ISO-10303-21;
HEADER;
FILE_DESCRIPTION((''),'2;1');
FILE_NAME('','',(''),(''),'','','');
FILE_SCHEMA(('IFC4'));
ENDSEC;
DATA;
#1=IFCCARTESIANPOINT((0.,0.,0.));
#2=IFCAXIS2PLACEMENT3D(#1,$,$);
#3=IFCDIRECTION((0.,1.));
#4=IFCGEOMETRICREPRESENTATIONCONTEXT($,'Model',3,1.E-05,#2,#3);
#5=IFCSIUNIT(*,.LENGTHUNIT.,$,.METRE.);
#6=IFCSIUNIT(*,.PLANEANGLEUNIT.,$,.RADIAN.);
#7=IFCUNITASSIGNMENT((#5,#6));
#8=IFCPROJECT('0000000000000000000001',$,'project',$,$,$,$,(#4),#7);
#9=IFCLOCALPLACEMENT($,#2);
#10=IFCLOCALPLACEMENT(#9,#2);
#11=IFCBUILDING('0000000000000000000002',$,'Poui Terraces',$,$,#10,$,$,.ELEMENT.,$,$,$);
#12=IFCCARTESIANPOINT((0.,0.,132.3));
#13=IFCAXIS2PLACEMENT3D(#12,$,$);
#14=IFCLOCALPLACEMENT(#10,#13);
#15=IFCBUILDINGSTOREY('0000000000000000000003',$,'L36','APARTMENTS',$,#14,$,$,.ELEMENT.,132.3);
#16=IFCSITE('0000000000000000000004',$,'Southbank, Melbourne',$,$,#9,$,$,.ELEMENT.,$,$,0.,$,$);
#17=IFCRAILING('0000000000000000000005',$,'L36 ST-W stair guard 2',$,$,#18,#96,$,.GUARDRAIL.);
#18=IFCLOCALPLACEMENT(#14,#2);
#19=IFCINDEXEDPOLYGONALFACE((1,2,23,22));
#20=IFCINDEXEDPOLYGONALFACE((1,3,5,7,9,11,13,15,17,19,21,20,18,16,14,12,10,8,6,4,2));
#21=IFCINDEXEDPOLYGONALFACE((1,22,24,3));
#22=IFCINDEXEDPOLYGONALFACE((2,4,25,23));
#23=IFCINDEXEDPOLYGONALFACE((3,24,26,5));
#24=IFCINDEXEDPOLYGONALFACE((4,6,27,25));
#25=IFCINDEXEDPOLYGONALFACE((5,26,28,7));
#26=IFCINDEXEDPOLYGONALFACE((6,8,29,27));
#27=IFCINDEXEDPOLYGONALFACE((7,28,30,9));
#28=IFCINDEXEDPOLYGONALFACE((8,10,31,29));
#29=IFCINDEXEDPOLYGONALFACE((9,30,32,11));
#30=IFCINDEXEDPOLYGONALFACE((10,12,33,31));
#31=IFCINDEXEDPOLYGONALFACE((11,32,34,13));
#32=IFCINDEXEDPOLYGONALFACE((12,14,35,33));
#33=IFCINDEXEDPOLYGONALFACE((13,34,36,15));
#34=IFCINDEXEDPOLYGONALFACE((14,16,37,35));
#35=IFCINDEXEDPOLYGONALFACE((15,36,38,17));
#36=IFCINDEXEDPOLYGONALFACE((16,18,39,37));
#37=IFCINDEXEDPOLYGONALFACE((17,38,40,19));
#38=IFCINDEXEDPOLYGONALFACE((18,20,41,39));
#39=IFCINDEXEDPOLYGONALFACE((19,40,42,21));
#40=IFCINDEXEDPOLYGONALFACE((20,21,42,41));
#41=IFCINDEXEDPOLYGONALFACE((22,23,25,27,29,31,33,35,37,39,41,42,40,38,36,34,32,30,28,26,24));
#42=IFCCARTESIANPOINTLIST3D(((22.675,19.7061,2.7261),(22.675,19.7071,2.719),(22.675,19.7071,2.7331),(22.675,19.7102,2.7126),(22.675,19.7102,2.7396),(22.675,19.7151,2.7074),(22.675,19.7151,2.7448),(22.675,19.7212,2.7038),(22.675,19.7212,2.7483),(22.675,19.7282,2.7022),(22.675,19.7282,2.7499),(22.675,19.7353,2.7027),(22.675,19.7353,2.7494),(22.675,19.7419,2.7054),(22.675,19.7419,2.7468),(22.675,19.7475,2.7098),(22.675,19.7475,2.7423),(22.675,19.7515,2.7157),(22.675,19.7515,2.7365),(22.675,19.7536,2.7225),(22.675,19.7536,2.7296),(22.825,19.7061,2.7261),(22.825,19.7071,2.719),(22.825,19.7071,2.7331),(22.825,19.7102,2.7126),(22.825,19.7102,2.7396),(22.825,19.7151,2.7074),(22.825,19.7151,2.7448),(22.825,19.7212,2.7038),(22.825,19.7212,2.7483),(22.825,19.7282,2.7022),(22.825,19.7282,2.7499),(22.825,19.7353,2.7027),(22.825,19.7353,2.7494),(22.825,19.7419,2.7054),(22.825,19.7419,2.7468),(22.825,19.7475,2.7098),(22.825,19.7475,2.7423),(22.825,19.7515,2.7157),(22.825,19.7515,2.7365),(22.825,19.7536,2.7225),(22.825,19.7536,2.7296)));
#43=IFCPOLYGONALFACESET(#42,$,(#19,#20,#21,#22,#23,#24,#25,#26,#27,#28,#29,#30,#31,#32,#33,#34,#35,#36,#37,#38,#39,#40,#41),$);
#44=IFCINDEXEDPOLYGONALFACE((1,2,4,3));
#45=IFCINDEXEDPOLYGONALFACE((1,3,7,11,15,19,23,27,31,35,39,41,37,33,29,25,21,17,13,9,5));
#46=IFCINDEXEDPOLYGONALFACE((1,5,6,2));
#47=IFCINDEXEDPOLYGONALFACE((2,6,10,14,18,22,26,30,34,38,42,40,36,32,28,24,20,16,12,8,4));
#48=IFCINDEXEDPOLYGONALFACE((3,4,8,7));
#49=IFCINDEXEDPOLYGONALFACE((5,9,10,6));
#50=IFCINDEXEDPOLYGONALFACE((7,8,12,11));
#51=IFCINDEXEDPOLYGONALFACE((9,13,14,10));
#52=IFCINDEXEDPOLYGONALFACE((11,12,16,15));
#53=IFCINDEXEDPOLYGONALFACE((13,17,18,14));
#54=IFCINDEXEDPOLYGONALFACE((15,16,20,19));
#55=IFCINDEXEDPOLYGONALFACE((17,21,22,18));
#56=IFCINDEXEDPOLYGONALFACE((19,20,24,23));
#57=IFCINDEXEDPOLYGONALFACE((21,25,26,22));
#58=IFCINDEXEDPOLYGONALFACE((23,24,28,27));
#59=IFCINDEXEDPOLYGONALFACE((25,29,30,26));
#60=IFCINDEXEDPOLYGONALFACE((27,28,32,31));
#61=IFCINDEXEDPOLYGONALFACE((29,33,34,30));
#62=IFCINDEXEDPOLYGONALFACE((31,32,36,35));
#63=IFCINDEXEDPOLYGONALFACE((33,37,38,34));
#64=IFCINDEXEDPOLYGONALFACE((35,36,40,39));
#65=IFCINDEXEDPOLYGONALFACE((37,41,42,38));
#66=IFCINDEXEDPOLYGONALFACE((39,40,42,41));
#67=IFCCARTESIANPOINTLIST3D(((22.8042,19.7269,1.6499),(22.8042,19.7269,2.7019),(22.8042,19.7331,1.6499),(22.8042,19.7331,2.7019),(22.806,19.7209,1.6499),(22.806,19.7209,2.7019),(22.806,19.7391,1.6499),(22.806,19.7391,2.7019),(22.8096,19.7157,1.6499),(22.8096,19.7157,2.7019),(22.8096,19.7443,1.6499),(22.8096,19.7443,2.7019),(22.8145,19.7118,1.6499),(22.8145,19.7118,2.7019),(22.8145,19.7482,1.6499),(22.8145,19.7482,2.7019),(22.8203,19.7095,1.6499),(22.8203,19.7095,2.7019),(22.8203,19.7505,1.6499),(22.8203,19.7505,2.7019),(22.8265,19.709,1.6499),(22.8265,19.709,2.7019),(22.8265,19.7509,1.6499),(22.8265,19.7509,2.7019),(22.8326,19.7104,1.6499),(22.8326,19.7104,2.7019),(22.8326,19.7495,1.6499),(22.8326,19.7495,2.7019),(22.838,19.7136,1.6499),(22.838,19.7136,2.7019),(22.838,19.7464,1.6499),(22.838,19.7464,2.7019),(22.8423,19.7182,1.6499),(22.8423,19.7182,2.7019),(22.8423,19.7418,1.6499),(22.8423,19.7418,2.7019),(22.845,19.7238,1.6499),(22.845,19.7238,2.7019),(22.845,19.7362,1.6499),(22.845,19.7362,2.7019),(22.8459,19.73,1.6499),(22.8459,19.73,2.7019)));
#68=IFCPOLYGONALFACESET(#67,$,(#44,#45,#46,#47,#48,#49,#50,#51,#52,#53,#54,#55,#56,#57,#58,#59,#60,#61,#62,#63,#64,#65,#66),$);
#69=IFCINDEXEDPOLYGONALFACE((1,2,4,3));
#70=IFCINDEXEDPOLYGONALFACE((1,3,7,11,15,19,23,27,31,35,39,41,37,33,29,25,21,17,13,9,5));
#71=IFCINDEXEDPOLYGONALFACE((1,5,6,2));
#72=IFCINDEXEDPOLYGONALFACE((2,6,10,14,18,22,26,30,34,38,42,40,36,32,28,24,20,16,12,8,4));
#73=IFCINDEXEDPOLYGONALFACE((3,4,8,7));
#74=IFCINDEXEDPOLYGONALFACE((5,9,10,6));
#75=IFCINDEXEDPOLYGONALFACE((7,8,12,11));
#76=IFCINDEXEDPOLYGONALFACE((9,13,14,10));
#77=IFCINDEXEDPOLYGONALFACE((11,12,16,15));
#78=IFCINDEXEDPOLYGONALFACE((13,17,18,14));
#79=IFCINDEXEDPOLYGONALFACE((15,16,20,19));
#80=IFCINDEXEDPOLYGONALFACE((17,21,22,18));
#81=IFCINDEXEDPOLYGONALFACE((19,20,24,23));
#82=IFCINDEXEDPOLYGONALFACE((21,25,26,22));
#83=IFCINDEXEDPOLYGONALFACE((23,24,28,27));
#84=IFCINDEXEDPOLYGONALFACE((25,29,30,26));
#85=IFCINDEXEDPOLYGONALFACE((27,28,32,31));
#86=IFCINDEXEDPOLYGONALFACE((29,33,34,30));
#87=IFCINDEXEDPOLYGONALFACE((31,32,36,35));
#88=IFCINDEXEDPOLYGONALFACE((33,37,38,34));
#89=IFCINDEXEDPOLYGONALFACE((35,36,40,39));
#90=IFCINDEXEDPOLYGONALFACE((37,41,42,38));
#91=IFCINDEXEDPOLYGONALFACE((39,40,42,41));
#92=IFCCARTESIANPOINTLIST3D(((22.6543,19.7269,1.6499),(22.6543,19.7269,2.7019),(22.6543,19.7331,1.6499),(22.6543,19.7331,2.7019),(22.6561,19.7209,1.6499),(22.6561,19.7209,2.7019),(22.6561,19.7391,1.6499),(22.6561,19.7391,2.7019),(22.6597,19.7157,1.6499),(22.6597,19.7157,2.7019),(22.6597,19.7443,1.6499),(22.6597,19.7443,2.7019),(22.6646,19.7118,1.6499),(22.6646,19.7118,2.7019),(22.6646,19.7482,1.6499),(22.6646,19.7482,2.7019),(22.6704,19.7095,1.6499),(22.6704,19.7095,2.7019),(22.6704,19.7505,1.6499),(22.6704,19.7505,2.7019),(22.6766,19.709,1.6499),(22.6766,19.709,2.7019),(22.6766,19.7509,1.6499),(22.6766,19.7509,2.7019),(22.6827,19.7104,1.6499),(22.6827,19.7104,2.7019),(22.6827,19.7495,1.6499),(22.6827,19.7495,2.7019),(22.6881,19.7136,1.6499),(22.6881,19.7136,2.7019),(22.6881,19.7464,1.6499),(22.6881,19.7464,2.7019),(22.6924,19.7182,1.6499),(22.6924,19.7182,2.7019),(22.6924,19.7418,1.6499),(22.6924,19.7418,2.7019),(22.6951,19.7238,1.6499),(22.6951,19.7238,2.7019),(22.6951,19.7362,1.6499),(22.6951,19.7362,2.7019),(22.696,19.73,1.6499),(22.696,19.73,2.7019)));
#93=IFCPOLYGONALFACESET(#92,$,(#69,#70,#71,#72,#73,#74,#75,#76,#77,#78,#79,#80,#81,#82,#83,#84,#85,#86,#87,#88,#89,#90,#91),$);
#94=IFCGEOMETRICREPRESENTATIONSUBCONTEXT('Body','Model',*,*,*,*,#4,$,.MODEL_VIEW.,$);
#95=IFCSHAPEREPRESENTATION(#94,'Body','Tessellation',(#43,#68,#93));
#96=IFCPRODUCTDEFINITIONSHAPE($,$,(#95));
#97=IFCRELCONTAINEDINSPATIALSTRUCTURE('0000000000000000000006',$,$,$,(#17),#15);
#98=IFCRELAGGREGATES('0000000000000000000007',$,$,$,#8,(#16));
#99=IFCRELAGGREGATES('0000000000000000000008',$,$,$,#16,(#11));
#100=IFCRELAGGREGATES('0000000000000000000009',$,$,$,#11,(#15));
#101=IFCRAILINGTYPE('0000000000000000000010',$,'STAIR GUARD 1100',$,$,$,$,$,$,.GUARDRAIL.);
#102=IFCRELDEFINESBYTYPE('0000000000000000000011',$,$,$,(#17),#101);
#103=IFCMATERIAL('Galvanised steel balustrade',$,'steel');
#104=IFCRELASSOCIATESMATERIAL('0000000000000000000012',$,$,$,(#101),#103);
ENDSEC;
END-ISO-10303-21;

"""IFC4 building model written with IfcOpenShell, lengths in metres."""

from ifc_helpers import new_model, si_unit, direction, frame, origin, origin_2d, place, context, subcontext, project, spatial, circle, extrude, material, type_object, element, save


model = new_model("IFC4")

# Units and contexts
model_context = context("Model", 3, precision=1e-05, world=origin(), true_north=direction((0.0, 1.0)))
body_context = subcontext(model_context, "Body", "Model", "MODEL_VIEW")
ifc_project = project(units=[si_unit("LENGTHUNIT", "METRE"), si_unit("PLANEANGLEUNIT", "RADIAN")], contexts=[model_context])

# Site, building, storey
site_placement = place(None, origin())
site = spatial("IfcSite", under=ifc_project, at=site_placement, Name="Southbank, Melbourne", CompositionType="ELEMENT", RefElevation=0.0)
building_placement = place(site_placement, origin())
building = spatial("IfcBuilding", under=site, at=building_placement, Name="Poui Terraces", CompositionType="ELEMENT")
storey_placement = place(building_placement, frame((0.0, 0.0, 132.3)))
storey = spatial("IfcBuildingStorey", under=building, at=storey_placement, Name="L36", Description="APARTMENTS", CompositionType="ELEMENT", Elevation=132.3)

# Railing
ifc_material_1 = material(Name="Galvanised steel balustrade", Category="steel")
railing_type_1 = type_object("IfcRailingType", Name="STAIR GUARD 1100", PredefinedType="GUARDRAIL", material=ifc_material_1)
railing_1_placement = place(storey_placement, frame((22.825, 19.73, 1.6499)))
element("IfcRailing", 1, at=railing_1_placement, inside=storey, type_object=railing_type_1, Name="L36 ST-W stair guard 2", PredefinedType="GUARDRAIL", context=body_context, shape_type="SweptSolid", body=[
    extrude(circle(Radius=0.0239, at=origin_2d()), frame((0.0, 0.0, 1.0762), z_axis=(-1.0, 0.0, 0.0), x_axis=(0.0, -1.0, 0.0)), (0.0, 0.0, 1.0), 0.1499),
    extrude(circle(Radius=0.021, at=origin_2d()), origin(), (0.0, 0.0, 1.0), 1.052),
    extrude(circle(Radius=0.021, at=origin_2d()), frame((-0.1499, 0.0, 0.0)), (0.0, 0.0, 1.0), 1.052),
])

save(model, "model.ifc")
